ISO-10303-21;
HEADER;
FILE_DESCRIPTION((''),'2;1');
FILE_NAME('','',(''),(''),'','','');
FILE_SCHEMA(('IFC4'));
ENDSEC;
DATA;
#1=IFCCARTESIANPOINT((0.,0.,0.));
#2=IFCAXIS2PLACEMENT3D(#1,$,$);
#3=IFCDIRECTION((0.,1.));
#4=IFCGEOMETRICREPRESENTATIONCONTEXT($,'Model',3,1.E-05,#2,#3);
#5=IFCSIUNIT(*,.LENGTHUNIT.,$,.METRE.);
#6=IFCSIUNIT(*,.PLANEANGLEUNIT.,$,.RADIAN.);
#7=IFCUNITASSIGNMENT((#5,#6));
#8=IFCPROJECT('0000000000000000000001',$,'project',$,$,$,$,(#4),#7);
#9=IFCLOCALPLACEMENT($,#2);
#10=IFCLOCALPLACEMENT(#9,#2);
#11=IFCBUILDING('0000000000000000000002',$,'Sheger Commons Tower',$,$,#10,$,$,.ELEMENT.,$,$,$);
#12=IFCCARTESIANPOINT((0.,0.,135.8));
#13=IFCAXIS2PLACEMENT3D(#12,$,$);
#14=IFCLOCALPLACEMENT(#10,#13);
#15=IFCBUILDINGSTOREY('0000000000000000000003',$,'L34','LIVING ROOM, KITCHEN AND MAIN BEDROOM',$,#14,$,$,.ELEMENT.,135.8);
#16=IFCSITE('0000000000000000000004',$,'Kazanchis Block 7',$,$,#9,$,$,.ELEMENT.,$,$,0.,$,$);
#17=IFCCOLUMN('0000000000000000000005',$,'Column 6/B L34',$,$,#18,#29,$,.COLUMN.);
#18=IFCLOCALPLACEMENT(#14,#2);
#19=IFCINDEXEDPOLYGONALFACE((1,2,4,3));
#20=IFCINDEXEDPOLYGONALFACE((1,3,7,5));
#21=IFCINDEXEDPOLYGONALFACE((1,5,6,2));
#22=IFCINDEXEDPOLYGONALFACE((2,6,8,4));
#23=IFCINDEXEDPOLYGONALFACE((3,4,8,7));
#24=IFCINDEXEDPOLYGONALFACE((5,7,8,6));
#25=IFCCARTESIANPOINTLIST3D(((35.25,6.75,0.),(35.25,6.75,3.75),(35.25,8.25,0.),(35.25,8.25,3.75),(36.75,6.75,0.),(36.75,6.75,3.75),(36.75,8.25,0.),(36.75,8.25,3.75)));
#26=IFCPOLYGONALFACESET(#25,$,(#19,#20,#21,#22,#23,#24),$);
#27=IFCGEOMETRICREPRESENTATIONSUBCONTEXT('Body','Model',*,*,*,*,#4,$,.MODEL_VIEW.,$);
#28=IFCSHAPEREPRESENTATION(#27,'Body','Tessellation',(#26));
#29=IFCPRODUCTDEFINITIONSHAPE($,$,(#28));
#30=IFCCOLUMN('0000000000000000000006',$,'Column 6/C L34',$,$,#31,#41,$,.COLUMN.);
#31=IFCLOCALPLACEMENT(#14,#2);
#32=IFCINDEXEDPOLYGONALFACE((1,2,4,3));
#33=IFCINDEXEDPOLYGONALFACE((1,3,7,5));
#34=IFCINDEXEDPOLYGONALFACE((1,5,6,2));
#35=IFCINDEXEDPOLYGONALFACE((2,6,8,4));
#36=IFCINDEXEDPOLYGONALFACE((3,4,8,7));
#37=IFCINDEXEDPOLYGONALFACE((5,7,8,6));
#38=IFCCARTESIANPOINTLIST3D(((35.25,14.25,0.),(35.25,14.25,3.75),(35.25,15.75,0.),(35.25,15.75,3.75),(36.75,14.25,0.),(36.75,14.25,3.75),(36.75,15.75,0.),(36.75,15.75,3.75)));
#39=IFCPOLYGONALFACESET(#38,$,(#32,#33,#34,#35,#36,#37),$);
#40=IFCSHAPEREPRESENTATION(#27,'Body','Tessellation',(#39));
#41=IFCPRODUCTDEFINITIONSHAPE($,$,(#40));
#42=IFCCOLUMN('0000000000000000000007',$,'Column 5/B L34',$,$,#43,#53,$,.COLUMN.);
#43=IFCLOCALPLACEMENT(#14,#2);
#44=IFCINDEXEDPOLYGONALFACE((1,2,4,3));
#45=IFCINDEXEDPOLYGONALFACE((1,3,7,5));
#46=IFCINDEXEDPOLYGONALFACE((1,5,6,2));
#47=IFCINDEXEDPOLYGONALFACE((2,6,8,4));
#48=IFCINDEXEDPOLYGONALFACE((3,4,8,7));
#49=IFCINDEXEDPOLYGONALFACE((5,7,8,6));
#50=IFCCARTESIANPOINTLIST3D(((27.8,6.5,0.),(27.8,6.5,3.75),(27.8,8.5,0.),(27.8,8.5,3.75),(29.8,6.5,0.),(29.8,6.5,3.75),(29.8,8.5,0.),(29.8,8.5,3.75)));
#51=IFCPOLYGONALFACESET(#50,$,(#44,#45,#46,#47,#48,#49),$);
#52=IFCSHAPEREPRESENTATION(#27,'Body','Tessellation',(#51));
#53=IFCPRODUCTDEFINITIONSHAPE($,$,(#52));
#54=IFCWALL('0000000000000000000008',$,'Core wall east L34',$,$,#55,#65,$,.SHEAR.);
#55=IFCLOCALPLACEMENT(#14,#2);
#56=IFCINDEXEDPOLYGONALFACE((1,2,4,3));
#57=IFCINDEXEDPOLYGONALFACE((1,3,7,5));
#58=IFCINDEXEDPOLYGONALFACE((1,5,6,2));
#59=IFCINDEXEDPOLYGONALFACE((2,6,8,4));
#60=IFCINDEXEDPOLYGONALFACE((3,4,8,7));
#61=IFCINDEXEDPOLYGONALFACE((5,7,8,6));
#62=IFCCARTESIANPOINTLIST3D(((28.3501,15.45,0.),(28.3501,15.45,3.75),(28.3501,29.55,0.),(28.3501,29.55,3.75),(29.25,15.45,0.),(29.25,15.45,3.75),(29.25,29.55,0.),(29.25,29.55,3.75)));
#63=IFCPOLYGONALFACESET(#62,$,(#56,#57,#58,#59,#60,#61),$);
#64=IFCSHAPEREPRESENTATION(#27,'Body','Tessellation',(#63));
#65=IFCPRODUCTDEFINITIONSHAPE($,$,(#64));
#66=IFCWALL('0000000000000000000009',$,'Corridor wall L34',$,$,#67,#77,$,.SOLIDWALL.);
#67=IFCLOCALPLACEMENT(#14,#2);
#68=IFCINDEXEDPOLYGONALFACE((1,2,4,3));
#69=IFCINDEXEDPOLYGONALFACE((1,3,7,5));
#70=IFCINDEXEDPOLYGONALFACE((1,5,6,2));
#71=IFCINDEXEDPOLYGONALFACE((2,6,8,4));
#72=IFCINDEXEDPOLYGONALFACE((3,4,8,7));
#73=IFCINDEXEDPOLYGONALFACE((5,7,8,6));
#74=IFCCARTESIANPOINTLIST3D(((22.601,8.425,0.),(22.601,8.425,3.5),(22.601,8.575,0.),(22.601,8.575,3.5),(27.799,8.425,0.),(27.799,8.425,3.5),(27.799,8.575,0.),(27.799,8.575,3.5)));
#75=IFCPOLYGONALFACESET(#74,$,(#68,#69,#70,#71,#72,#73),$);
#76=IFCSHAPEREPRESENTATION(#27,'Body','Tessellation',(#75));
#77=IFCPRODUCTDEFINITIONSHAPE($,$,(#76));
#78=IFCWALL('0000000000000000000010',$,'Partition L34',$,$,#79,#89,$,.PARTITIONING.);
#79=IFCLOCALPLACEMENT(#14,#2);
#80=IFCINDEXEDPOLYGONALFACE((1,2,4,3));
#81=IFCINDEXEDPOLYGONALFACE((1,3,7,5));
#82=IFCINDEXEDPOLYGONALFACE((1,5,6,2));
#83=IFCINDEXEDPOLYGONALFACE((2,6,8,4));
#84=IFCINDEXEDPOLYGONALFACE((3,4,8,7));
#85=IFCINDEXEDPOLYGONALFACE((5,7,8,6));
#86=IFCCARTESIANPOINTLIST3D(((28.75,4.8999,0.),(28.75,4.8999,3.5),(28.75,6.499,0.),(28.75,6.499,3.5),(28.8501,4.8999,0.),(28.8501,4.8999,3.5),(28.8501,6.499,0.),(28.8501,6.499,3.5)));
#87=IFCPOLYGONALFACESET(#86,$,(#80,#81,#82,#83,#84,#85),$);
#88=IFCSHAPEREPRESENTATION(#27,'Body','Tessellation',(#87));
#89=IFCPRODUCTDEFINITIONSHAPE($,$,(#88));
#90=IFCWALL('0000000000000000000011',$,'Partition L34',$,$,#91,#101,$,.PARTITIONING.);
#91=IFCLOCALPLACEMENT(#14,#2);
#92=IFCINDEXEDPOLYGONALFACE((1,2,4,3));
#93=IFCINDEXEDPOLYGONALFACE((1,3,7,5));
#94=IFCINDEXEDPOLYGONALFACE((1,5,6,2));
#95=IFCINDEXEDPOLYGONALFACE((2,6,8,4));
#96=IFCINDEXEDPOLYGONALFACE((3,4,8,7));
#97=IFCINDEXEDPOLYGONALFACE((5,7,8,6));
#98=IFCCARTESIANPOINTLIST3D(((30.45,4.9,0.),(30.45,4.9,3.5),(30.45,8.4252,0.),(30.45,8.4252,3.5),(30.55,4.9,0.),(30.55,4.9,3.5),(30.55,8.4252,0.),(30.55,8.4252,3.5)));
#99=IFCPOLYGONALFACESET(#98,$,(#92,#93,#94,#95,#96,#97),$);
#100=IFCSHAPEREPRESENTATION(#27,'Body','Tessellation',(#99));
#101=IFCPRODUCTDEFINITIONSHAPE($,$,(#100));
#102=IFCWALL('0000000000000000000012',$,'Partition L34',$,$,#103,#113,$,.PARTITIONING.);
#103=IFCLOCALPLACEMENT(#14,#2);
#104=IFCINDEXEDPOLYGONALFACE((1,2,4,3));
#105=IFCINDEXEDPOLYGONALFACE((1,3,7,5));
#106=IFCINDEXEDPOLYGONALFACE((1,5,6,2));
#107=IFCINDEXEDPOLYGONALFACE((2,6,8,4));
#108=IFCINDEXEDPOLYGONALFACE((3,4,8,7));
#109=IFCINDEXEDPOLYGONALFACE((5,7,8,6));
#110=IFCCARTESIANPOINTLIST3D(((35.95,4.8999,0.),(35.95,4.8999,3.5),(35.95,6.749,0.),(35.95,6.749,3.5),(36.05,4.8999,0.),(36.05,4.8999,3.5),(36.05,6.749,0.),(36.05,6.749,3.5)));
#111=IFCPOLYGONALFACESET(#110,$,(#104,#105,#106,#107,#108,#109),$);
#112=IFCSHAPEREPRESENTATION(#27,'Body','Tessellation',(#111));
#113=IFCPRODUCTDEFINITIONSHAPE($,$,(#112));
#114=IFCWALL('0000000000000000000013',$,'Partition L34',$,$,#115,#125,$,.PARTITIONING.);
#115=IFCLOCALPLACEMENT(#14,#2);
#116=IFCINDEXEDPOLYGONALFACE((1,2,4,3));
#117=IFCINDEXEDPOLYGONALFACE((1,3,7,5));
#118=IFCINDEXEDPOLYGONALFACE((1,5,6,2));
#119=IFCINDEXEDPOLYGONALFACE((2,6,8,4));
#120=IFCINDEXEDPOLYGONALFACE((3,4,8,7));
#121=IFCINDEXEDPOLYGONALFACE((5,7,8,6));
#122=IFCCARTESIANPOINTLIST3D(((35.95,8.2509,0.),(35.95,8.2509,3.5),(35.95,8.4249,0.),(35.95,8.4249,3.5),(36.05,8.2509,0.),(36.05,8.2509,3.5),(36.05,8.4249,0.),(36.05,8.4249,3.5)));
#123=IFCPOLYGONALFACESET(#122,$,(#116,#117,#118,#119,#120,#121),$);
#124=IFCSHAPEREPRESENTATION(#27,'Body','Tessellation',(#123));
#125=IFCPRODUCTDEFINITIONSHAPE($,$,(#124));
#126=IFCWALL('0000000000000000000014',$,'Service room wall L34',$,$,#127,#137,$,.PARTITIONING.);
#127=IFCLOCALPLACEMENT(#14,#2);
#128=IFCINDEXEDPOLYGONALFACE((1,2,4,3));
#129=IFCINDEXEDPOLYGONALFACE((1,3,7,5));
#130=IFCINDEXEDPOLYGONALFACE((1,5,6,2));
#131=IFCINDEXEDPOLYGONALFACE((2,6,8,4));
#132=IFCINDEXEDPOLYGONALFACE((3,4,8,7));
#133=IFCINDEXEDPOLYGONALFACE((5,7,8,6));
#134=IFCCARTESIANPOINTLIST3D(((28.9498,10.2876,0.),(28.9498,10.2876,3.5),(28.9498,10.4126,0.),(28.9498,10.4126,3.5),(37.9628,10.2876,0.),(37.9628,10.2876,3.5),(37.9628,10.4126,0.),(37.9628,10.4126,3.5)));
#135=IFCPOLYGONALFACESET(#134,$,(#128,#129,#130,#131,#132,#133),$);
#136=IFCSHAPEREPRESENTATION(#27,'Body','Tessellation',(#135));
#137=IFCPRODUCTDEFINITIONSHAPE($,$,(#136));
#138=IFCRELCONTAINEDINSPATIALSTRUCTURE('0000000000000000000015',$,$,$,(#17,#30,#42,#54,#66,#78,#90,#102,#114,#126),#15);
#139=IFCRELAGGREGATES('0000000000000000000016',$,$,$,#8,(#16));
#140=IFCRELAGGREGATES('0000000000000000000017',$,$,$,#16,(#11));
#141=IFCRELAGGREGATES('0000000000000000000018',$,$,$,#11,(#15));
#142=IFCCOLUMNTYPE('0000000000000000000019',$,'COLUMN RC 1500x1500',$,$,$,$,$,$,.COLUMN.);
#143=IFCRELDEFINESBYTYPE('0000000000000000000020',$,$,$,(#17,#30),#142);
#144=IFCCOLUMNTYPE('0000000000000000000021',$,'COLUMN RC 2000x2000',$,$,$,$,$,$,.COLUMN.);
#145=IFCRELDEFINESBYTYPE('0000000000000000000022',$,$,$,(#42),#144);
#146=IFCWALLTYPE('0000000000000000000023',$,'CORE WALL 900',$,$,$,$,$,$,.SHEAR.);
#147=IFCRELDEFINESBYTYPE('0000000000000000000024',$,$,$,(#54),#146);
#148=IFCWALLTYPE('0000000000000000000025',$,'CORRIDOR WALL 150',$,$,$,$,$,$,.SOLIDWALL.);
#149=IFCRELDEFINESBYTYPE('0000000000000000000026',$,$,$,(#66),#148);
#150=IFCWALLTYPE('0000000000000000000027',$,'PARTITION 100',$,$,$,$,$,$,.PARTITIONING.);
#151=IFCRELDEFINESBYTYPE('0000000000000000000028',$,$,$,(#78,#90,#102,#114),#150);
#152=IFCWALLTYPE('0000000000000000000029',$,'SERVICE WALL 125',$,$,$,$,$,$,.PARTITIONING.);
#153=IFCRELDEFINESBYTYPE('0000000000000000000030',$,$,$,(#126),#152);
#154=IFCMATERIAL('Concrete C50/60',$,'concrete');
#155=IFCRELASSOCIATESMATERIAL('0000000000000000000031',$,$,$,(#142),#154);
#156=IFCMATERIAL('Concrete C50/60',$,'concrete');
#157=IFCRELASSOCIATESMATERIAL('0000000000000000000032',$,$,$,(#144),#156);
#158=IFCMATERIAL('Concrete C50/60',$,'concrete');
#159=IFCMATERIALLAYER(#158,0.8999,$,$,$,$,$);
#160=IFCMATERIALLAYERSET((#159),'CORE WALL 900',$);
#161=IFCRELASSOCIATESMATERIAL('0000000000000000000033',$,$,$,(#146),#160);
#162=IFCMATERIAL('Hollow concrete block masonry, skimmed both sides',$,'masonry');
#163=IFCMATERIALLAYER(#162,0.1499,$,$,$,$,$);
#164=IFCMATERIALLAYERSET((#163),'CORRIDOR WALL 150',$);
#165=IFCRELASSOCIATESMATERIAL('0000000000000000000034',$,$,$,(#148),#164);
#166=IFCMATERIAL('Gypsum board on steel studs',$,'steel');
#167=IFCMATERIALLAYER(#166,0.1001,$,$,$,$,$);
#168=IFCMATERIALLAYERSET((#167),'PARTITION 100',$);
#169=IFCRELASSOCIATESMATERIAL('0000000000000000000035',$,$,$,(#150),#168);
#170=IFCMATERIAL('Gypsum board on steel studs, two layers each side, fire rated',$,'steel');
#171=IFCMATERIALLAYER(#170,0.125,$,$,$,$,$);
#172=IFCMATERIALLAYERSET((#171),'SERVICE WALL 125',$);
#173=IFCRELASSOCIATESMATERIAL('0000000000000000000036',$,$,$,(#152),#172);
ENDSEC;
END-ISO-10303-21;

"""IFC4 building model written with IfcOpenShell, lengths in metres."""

from ifc_helpers import new_model, si_unit, direction, frame, frame_2d, origin, origin_2d, place, context, subcontext, project, spatial, rectangle, extrude, material, layer, layer_set, material_profile, profile_set, type_object, element, save


model = new_model("IFC4")

# Units and contexts
model_context = context("Model", 3, precision=1e-05, world=origin(), true_north=direction((0.0, 1.0)))
body_context = subcontext(model_context, "Body", "Model", "MODEL_VIEW")
ifc_project = project(units=[si_unit("LENGTHUNIT", "METRE"), si_unit("PLANEANGLEUNIT", "RADIAN")], contexts=[model_context])

# Site, building, storey
site_placement = place(None, origin())
site = spatial("IfcSite", under=ifc_project, at=site_placement, Name="Kazanchis Block 7", CompositionType="ELEMENT", RefElevation=0.0)
building_placement = place(site_placement, origin())
building = spatial("IfcBuilding", under=site, at=building_placement, Name="Sheger Commons Tower", CompositionType="ELEMENT")
storey_placement = place(building_placement, frame((0.0, 0.0, 135.8)))
storey = spatial("IfcBuildingStorey", under=building, at=storey_placement, Name="L34", Description="LIVING ROOM, KITCHEN AND MAIN BEDROOM", CompositionType="ELEMENT", Elevation=135.8)

# Columns
ifc_material_1 = material(Name="Concrete C50/60", Category="concrete")
ifc_material_profile_1 = material_profile(ifc_material_1, rectangle(XDim=1.5, YDim=1.5, at=origin_2d()), Name="RC 1500x1500")
ifc_profile_set_1 = profile_set([ifc_material_profile_1], Name="Concrete C50/60")
column_type_1 = type_object("IfcColumnType", Name="COLUMN RC 1500x1500", PredefinedType="COLUMN", material=ifc_profile_set_1)
for number, where, z_axis, x_axis, name in (
    (1, (36.0, 7.5, 0.0), (0.0, 0.0, 1.0), (1.0, 0.0, 0.0), "Column 6/B L34"),
    (2, (36.0, 15.0, 0.0), (0.0, 0.0, 1.0), (1.0, 0.0, 0.0), "Column 6/C L34"),
):
    element("IfcColumn", number, at=place(storey_placement, frame(where, z_axis=z_axis, x_axis=x_axis)), inside=storey, type_object=column_type_1, Name=name, PredefinedType="COLUMN", context=body_context, shape_type="SweptSolid", body=[
        extrude(rectangle(XDim=1.5, YDim=1.5, at=origin_2d()), origin(), (0.0, 0.0, 1.0), 3.75),
    ])
ifc_material_2 = material(Name="Concrete C50/60", Category="concrete")
ifc_material_profile_2 = material_profile(ifc_material_2, rectangle(XDim=2.0, YDim=2.0, at=origin_2d()), Name="RC 2000x2000")
ifc_profile_set_2 = profile_set([ifc_material_profile_2], Name="Concrete C50/60")
column_type_2 = type_object("IfcColumnType", Name="COLUMN RC 2000x2000", PredefinedType="COLUMN", material=ifc_profile_set_2)
column_placement = place(storey_placement, frame((28.8, 7.5, 0.0), z_axis=(0.0, 0.0, 1.0), x_axis=(1.0, 0.0, 0.0)))
element("IfcColumn", 3, at=column_placement, inside=storey, type_object=column_type_2, Name="Column 5/B L34", PredefinedType="COLUMN", context=body_context, shape_type="SweptSolid", body=[
    extrude(rectangle(XDim=2.0, YDim=2.0, at=origin_2d()), origin(), (0.0, 0.0, 1.0), 3.75),
])

# Walls
ifc_material_3 = material(Name="Concrete C50/60", Category="concrete")
ifc_layer_1 = layer(ifc_material_3, 0.8999)
ifc_layer_set_1 = layer_set([ifc_layer_1], Name="CORE WALL 900")
wall_type_1 = type_object("IfcWallType", Name="CORE WALL 900", PredefinedType="SHEAR", material=ifc_layer_set_1)
wall_1_placement = place(storey_placement, frame((28.8, 15.45, 0.0), z_axis=(0.0, 0.0, 1.0), x_axis=(0.0, 1.0, 0.0)))
element("IfcWall", 4, at=wall_1_placement, inside=storey, type_object=wall_type_1, Name="Core wall east L34", PredefinedType="SHEAR", context=body_context, shape_type="SweptSolid", body=[
    extrude(rectangle(XDim=14.1001, YDim=0.8999, at=frame_2d((7.05, 0.0))), origin(), (0.0, 0.0, 1.0), 3.75),
])
ifc_material_4 = material(Name="Hollow concrete block masonry, skimmed both sides", Category="masonry")
ifc_layer_2 = layer(ifc_material_4, 0.1499)
ifc_layer_set_2 = layer_set([ifc_layer_2], Name="CORRIDOR WALL 150")
wall_type_2 = type_object("IfcWallType", Name="CORRIDOR WALL 150", PredefinedType="SOLIDWALL", material=ifc_layer_set_2)
wall_2_placement = place(storey_placement, frame((27.7991, 8.5, 0.0), z_axis=(0.0, 0.0, 1.0), x_axis=(-1.0, 0.0, 0.0)))
element("IfcWall", 5, at=wall_2_placement, inside=storey, type_object=wall_type_2, Name="Corridor wall L34", PredefinedType="SOLIDWALL", context=body_context, shape_type="SweptSolid", body=[
    extrude(rectangle(XDim=5.198, YDim=0.1499, at=frame_2d((2.5991, 0.0))), origin(), (0.0, 0.0, 1.0), 3.5),
])
ifc_material_5 = material(Name="Gypsum board on steel studs", Category="steel")
ifc_layer_3 = layer(ifc_material_5, 0.1001)
ifc_layer_set_3 = layer_set([ifc_layer_3], Name="PARTITION 100")
wall_type_3 = type_object("IfcWallType", Name="PARTITION 100", PredefinedType="PARTITIONING", material=ifc_layer_set_3)
wall_3_placement = place(storey_placement, frame((28.8, 4.8999, 0.0), z_axis=(0.0, 0.0, 1.0), x_axis=(0.0, 1.0, 0.0)))
element("IfcWall", 6, at=wall_3_placement, inside=storey, type_object=wall_type_3, Name="Partition L34", PredefinedType="PARTITIONING", context=body_context, shape_type="SweptSolid", body=[
    extrude(rectangle(XDim=1.5991, YDim=0.1001, at=frame_2d((0.7996, 0.0))), origin(), (0.0, 0.0, 1.0), 3.5),
])
wall_4_placement = place(storey_placement, frame((30.5, 4.8999, 0.0), z_axis=(0.0, 0.0, 1.0), x_axis=(0.0, 1.0, 0.0)))
element("IfcWall", 7, at=wall_4_placement, inside=storey, type_object=wall_type_3, Name="Partition L34", PredefinedType="PARTITIONING", context=body_context, shape_type="SweptSolid", body=[
    extrude(rectangle(XDim=3.5251, YDim=0.1001, at=frame_2d((1.7627, 0.0))), origin(), (0.0, 0.0, 1.0), 3.5),
])
wall_5_placement = place(storey_placement, frame((36.0, 4.8999, 0.0), z_axis=(0.0, 0.0, 1.0), x_axis=(0.0, 1.0, 0.0)))
element("IfcWall", 8, at=wall_5_placement, inside=storey, type_object=wall_type_3, Name="Partition L34", PredefinedType="PARTITIONING", context=body_context, shape_type="SweptSolid", body=[
    extrude(rectangle(XDim=1.8491, YDim=0.1001, at=frame_2d((0.9246, 0.0))), origin(), (0.0, 0.0, 1.0), 3.5),
])
wall_6_placement = place(storey_placement, frame((36.0, 8.251, 0.0), z_axis=(0.0, 0.0, 1.0), x_axis=(0.0, 1.0, 0.0)))
element("IfcWall", 9, at=wall_6_placement, inside=storey, type_object=wall_type_3, Name="Partition L34", PredefinedType="PARTITIONING", context=body_context, shape_type="SweptSolid", body=[
    extrude(rectangle(XDim=0.1741, YDim=0.1001, at=frame_2d((0.0869, 0.0))), origin(), (0.0, 0.0, 1.0), 3.5),
])
ifc_material_6 = material(Name="Gypsum board on steel studs, two layers each side, fire rated", Category="steel")
ifc_layer_4 = layer(ifc_material_6, 0.125)
ifc_layer_set_4 = layer_set([ifc_layer_4], Name="SERVICE WALL 125")
wall_type_4 = type_object("IfcWallType", Name="SERVICE WALL 125", PredefinedType="PARTITIONING", material=ifc_layer_set_4)
wall_7_placement = place(storey_placement, frame((28.95, 10.3501, 0.0), z_axis=(0.0, 0.0, 1.0), x_axis=(1.0, 0.0, 0.0)))
element("IfcWall", 10, at=wall_7_placement, inside=storey, type_object=wall_type_4, Name="Service room wall L34", PredefinedType="PARTITIONING", context=body_context, shape_type="SweptSolid", body=[
    extrude(rectangle(XDim=9.0129, YDim=0.125, at=frame_2d((4.5063, 0.0))), origin(), (0.0, 0.0, 1.0), 3.5),
])

save(model, "model.ifc")
